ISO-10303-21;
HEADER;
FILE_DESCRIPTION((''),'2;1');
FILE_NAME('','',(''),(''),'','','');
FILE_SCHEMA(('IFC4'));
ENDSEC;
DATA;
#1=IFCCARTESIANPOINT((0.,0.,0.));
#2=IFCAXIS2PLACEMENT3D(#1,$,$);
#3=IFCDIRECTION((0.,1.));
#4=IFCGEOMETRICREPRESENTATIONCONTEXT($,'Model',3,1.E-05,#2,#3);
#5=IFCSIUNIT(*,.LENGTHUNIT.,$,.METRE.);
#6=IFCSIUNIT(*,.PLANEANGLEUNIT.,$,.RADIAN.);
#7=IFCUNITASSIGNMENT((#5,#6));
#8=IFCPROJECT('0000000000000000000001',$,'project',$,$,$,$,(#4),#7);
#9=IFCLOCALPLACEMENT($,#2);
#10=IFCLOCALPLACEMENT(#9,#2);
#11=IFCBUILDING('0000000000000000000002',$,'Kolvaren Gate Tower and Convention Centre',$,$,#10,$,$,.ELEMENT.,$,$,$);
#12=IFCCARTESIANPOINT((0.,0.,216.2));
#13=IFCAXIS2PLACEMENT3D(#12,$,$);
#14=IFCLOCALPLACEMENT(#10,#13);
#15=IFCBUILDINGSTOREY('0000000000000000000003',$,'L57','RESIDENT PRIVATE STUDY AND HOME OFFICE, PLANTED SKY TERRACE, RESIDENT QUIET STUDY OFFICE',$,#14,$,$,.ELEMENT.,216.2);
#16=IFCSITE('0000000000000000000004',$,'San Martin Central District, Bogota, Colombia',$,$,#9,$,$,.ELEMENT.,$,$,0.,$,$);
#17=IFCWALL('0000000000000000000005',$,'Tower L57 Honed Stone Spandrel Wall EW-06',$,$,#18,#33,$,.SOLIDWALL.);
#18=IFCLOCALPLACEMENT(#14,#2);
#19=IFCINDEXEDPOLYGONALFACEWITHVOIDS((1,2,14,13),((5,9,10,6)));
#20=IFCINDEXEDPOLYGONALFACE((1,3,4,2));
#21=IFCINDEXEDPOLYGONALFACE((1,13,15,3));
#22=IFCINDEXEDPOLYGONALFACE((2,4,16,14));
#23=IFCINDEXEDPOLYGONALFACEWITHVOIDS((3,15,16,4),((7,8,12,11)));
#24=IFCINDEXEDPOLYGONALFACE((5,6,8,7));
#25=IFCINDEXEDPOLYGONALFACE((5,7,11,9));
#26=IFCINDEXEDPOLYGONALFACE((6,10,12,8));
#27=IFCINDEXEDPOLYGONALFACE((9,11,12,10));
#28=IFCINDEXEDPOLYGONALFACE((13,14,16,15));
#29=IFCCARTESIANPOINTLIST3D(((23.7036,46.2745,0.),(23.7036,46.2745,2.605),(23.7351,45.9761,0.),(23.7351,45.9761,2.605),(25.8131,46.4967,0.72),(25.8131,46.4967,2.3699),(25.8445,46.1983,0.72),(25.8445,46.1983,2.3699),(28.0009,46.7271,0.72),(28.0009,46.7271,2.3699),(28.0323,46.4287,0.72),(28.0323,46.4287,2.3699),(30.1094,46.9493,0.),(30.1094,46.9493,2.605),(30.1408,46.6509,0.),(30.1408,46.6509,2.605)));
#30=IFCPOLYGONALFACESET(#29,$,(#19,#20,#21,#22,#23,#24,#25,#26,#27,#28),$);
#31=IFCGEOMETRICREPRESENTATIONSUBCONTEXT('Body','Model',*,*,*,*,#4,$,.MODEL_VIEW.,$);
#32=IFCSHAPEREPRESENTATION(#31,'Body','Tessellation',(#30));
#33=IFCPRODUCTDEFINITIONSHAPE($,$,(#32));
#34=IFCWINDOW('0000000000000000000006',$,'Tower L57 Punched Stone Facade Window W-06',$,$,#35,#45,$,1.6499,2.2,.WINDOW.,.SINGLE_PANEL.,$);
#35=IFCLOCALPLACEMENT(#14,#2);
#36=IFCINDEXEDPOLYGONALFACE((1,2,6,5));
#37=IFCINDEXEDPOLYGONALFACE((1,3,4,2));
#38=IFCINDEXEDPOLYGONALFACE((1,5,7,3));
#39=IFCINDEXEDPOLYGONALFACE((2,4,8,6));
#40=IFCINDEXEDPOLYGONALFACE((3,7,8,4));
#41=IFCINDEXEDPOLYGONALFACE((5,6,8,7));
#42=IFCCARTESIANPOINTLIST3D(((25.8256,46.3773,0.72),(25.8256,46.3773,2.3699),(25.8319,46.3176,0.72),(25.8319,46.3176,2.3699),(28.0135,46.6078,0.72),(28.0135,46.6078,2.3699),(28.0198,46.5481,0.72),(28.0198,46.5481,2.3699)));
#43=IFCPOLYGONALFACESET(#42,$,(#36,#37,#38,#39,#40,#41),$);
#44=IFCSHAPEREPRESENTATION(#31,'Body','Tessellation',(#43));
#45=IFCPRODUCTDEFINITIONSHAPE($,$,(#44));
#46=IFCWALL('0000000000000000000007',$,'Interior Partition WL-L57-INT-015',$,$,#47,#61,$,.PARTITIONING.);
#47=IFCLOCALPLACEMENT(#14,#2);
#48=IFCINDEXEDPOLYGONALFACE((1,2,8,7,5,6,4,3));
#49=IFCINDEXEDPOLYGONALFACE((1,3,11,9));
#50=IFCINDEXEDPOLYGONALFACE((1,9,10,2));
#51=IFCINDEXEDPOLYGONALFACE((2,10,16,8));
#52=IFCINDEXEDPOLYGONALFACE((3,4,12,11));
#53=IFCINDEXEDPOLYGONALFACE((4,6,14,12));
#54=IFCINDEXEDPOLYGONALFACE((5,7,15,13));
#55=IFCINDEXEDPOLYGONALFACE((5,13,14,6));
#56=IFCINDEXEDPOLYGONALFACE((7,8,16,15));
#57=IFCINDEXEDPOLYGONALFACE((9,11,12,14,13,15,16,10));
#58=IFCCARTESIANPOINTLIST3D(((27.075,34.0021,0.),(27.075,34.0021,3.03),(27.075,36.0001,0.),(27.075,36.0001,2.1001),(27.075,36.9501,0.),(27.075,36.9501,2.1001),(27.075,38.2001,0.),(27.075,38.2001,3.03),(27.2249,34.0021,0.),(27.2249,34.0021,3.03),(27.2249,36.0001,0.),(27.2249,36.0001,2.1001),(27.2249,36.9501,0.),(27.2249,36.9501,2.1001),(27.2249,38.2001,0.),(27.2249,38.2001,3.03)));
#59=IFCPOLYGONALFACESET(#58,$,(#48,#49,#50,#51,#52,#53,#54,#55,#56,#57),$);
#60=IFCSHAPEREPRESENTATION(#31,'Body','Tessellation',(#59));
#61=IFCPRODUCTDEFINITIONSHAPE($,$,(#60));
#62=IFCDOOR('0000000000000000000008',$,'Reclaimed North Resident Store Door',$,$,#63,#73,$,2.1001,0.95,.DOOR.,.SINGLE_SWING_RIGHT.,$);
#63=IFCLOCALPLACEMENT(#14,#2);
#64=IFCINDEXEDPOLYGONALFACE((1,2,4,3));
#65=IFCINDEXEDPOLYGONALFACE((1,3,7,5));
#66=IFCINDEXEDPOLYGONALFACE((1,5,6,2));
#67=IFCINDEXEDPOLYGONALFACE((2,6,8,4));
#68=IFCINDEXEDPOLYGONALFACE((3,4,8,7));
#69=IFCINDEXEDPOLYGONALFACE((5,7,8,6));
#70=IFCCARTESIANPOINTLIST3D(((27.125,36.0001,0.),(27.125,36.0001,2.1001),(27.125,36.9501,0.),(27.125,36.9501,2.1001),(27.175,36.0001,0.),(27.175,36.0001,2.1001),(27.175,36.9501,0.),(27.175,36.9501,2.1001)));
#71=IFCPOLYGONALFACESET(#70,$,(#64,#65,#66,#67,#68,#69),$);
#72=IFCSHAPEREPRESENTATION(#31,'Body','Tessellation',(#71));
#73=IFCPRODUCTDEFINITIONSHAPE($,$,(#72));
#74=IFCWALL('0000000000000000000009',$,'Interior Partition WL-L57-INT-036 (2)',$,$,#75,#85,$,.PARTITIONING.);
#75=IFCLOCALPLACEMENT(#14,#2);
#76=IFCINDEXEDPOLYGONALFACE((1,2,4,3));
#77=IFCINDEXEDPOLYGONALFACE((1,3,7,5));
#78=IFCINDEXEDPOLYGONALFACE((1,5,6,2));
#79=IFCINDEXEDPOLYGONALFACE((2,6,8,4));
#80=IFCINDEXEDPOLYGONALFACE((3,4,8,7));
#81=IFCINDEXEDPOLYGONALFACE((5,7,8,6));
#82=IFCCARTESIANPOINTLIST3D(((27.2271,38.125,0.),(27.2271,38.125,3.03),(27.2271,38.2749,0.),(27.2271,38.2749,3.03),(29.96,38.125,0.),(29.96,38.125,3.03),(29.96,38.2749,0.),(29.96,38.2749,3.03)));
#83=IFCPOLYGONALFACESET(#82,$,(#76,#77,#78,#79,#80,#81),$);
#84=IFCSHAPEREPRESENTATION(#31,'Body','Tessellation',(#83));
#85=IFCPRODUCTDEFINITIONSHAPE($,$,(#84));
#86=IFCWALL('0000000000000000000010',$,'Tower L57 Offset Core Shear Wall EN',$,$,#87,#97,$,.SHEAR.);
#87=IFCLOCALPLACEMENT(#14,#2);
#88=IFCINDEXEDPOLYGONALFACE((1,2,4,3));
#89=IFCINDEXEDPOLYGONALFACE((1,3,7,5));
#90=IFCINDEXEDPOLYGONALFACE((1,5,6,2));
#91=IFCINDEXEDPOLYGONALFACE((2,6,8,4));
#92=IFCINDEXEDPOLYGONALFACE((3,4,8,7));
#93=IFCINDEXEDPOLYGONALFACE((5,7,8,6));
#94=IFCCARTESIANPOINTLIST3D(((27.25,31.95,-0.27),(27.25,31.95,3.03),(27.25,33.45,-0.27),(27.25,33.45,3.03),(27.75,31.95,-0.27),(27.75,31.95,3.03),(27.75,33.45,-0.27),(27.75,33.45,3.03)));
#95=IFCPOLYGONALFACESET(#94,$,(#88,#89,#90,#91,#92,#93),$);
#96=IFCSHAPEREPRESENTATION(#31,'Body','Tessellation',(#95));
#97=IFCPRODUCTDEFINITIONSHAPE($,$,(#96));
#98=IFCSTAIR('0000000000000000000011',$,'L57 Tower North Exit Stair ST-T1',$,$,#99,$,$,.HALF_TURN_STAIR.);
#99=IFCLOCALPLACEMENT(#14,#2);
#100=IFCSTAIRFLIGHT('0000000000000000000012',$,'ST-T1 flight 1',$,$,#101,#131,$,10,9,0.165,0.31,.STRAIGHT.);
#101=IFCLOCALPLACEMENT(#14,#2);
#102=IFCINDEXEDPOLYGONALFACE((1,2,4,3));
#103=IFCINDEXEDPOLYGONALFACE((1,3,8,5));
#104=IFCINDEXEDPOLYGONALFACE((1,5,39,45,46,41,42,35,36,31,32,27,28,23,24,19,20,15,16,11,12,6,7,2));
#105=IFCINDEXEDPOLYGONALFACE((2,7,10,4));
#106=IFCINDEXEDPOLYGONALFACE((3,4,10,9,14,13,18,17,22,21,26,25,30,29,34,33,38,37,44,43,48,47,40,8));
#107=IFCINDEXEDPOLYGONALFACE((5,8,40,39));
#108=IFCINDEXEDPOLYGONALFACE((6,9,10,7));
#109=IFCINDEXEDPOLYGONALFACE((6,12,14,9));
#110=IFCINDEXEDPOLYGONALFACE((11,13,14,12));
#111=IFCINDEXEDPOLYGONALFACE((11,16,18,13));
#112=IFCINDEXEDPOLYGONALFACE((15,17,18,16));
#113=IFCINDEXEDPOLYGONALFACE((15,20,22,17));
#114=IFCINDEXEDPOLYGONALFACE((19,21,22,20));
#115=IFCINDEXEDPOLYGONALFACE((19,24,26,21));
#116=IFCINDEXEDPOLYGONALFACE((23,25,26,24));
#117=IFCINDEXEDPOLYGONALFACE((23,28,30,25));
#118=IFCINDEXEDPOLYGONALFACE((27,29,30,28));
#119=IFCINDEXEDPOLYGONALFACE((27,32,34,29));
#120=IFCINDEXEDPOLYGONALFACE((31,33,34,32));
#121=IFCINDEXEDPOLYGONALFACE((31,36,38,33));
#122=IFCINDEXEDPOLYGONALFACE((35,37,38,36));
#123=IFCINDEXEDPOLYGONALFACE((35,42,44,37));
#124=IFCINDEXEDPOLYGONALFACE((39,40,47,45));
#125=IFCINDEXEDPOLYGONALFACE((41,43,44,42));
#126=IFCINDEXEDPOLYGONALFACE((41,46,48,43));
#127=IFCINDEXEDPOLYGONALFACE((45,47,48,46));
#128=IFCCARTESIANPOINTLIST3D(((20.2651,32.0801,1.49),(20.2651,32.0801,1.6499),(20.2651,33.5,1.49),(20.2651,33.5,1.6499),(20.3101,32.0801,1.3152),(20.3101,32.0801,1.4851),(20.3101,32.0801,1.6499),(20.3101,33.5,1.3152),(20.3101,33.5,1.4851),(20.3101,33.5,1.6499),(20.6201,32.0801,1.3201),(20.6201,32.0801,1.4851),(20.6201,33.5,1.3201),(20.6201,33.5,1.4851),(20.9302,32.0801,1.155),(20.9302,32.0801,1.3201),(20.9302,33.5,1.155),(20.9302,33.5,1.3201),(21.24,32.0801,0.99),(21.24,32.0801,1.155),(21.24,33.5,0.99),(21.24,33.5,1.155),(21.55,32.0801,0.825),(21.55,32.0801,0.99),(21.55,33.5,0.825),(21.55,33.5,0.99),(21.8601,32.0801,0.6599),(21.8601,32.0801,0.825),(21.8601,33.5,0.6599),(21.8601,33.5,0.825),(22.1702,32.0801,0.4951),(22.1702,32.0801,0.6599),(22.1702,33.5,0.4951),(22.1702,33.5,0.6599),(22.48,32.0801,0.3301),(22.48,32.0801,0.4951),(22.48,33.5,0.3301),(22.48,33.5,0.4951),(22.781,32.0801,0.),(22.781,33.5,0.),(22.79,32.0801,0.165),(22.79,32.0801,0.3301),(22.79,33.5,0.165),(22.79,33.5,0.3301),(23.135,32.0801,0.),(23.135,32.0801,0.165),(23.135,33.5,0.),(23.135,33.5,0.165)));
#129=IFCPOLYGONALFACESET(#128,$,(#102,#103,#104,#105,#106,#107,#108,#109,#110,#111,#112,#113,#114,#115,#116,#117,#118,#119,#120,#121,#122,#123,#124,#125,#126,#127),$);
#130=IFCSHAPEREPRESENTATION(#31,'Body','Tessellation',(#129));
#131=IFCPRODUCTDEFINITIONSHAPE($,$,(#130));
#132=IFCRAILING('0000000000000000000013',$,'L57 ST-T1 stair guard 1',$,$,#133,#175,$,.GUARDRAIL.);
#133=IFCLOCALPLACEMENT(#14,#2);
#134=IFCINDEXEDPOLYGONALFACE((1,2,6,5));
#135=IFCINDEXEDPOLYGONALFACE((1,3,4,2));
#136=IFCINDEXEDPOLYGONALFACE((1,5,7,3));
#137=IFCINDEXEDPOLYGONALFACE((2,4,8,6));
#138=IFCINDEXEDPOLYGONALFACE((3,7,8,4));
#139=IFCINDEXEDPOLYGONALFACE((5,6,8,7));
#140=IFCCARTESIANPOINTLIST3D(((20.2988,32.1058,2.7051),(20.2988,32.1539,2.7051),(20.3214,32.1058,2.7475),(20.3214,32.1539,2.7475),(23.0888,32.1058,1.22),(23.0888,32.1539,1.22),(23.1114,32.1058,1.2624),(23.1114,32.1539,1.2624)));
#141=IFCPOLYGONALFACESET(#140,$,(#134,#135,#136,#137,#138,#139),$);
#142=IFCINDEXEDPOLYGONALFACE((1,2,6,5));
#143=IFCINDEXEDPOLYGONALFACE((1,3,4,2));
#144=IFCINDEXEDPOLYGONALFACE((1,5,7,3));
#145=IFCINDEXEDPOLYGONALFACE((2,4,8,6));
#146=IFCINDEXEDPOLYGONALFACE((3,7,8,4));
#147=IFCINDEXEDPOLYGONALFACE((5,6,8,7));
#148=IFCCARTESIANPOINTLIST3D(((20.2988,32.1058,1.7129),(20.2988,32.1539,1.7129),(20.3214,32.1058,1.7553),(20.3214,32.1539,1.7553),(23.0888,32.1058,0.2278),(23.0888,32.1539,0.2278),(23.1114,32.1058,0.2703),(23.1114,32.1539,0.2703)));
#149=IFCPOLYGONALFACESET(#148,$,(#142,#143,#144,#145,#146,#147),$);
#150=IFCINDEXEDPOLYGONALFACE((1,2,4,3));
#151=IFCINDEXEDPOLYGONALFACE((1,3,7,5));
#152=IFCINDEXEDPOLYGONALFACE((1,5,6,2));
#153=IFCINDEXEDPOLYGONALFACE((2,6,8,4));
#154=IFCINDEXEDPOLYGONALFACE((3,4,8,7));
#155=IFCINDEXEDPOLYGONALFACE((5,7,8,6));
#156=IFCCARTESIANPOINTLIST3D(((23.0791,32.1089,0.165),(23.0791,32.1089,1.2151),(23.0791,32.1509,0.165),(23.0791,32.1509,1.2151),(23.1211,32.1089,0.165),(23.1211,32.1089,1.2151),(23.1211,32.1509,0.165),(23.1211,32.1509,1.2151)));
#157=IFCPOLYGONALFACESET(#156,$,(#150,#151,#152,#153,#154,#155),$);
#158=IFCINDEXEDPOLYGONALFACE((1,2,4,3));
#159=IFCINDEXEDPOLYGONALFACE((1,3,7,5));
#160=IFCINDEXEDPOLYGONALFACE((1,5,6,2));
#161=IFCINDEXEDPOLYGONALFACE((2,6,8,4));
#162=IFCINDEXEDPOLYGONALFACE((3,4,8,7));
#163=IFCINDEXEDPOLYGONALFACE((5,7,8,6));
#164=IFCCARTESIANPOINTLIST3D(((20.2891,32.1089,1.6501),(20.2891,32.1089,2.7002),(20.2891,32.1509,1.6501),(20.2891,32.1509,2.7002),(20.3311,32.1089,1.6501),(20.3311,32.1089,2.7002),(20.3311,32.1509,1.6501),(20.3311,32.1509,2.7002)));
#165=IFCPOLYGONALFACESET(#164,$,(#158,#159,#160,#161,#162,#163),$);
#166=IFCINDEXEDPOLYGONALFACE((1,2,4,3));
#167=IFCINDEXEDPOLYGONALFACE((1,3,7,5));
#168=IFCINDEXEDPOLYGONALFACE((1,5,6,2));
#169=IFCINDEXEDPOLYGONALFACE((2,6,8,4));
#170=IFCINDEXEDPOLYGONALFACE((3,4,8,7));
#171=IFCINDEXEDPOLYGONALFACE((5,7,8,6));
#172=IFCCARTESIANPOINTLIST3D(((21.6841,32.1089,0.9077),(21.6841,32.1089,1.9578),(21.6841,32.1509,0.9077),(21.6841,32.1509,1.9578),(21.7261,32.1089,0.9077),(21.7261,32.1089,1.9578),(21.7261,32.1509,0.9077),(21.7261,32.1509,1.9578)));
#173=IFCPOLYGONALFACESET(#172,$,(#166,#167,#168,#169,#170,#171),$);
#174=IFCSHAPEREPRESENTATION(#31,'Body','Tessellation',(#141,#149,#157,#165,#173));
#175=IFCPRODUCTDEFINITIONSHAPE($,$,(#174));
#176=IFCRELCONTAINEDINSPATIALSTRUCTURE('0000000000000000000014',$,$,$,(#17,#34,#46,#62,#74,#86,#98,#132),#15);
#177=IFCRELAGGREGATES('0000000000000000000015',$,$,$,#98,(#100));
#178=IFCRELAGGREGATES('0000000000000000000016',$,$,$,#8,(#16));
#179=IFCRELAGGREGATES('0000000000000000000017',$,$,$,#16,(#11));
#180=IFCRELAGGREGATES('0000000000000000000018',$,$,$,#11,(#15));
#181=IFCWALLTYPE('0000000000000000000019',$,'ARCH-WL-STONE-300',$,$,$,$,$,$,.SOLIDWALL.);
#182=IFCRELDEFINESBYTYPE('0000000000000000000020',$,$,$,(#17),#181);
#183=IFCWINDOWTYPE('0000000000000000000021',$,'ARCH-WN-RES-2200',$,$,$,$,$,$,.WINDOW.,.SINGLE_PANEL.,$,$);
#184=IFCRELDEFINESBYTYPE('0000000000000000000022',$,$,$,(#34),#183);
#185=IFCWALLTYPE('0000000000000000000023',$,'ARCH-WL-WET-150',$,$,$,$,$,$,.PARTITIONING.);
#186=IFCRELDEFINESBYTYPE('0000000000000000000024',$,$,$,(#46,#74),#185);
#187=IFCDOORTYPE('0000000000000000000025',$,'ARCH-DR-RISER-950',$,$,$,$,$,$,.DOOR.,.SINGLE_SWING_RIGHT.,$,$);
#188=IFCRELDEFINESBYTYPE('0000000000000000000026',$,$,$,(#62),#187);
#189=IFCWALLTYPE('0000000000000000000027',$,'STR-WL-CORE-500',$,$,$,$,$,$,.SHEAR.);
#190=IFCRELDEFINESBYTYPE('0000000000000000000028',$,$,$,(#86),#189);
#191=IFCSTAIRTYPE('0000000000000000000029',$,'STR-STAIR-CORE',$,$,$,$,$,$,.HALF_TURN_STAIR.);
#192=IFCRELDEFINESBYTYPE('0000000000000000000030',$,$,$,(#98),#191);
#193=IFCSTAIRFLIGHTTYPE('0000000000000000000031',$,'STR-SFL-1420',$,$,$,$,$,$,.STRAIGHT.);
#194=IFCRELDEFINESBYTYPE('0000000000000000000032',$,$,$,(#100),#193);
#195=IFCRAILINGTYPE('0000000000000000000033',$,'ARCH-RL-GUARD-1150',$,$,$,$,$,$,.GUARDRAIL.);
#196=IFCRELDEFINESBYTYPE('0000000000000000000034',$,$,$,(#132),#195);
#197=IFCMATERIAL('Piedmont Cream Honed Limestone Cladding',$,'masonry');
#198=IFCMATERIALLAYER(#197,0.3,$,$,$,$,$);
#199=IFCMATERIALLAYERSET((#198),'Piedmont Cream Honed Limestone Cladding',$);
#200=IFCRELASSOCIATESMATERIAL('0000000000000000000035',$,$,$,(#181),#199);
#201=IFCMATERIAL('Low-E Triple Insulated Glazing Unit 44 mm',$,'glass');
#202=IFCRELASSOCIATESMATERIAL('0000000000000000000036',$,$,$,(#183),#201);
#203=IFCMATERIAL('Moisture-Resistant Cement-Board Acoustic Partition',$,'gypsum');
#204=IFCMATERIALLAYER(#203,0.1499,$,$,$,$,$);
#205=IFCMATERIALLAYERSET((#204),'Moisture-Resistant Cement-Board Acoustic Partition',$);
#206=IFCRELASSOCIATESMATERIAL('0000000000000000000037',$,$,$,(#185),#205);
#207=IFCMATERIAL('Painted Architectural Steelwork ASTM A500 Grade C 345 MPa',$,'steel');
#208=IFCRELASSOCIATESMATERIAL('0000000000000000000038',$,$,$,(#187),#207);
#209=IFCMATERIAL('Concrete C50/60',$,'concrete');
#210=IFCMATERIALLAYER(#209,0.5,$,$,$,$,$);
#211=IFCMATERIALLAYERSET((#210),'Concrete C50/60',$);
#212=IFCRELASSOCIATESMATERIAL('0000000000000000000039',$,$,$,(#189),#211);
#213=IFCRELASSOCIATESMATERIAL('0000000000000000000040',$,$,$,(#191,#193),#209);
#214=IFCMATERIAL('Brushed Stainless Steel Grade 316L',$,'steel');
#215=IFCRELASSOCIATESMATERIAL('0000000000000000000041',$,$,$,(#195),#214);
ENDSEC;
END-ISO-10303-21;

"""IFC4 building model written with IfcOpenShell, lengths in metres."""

from ifc_helpers import new_model, si_unit, direction, frame, frame_2d, origin, origin_2d, place, context, subcontext, project, spatial, polyline, rectangle, outline, extrude, material, layer, layer_set, type_object, element, fill, aggregate, save


model = new_model("IFC4")

# Units and contexts
model_context = context("Model", 3, precision=1e-05, world=origin(), true_north=direction((0.0, 1.0)))
body_context = subcontext(model_context, "Body", "Model", "MODEL_VIEW")
ifc_project = project(units=[si_unit("LENGTHUNIT", "METRE"), si_unit("PLANEANGLEUNIT", "RADIAN")], contexts=[model_context])

# Site, building, storey
site_placement = place(None, origin())
site = spatial("IfcSite", under=ifc_project, at=site_placement, Name="San Martin Central District, Bogota, Colombia", CompositionType="ELEMENT", RefElevation=0.0)
building_placement = place(site_placement, origin())
building = spatial("IfcBuilding", under=site, at=building_placement, Name="Kolvaren Gate Tower and Convention Centre", CompositionType="ELEMENT")
storey_placement = place(building_placement, frame((0.0, 0.0, 216.2)))
storey = spatial("IfcBuildingStorey", under=building, at=storey_placement, Name="L57", Description="RESIDENT PRIVATE STUDY AND HOME OFFICE, PLANTED SKY TERRACE, RESIDENT QUIET STUDY OFFICE", CompositionType="ELEMENT", Elevation=216.2)

# Shared definitions
ifc_material_1 = material(Name="Concrete C50/60", Category="concrete")

# Wall, opening, window
ifc_material_2 = material(Name="Piedmont Cream Honed Limestone Cladding", Category="masonry")
ifc_layer_1 = layer(ifc_material_2, 0.3)
ifc_layer_set_1 = layer_set([ifc_layer_1], Name="Piedmont Cream Honed Limestone Cladding")
wall_type_1 = type_object("IfcWallType", Name="ARCH-WL-STONE-300", PredefinedType="SOLIDWALL", material=ifc_layer_set_1)
wall_1_placement = place(storey_placement, frame((23.7192, 46.1252, 0.0), z_axis=(0.0, 0.0, 1.0), x_axis=(0.994497, 0.104764, 0.0)))
wall_1 = element("IfcWall", 1, at=wall_1_placement, inside=storey, type_object=wall_type_1, Name="Tower L57 Honed Stone Spandrel Wall EW-06", PredefinedType="SOLIDWALL", context=body_context, shape_type="SweptSolid", body=[
    extrude(rectangle(XDim=6.4412, YDim=0.3, at=frame_2d((3.2207, 0.0))), origin(), (0.0, 0.0, 1.0), 2.605),
])
opening_1_placement = place(wall_1_placement, frame((2.1211, 0.0, 0.72)))
opening_1 = element("IfcOpeningElement", 2, at=opening_1_placement, cuts=wall_1, PredefinedType="OPENING", context=body_context, shape_type="SweptSolid", body=[
    extrude(rectangle(XDim=2.2, YDim=1.6499, at=frame_2d((1.1001, 0.825))), frame((0.0, 0.1599, 0.0), z_axis=(0.0, -1.0, 0.0), x_axis=(1.0, 0.0, 0.0)), (0.0, 0.0, 1.0), 0.3201),
])
ifc_material_3 = material(Name="Low-E Triple Insulated Glazing Unit 44 mm", Category="glass")
window_type = type_object("IfcWindowType", Name="ARCH-WN-RES-2200", PartitioningType="SINGLE_PANEL", PredefinedType="WINDOW", material=ifc_material_3)
window_placement = place(opening_1_placement, origin())
window = element("IfcWindow", 3, at=window_placement, inside=storey, type_object=window_type, Name="Tower L57 Punched Stone Facade Window W-06", OverallHeight=1.6499, OverallWidth=2.2, PartitioningType="SINGLE_PANEL", PredefinedType="WINDOW", context=body_context, shape_type="SweptSolid", body=[
    extrude(rectangle(XDim=2.2, YDim=1.6499, at=frame_2d((1.1001, 0.825))), frame((0.0, 0.03, 0.0), z_axis=(0.0, -1.0, 0.0), x_axis=(1.0, 0.0, 0.0)), (0.0, 0.0, 1.0), 0.0601),
])
fill(opening_1, window)

# Wall, opening, door
ifc_material_4 = material(Name="Moisture-Resistant Cement-Board Acoustic Partition", Category="gypsum")
ifc_layer_2 = layer(ifc_material_4, 0.1499)
ifc_layer_set_2 = layer_set([ifc_layer_2], Name="Moisture-Resistant Cement-Board Acoustic Partition")
wall_type_2 = type_object("IfcWallType", Name="ARCH-WL-WET-150", PredefinedType="PARTITIONING", material=ifc_layer_set_2)
wall_2_placement = place(storey_placement, frame((27.1499, 34.002, 0.0), z_axis=(0.0, 0.0, 1.0), x_axis=(0.0, 1.0, 0.0)))
wall_2 = element("IfcWall", 4, at=wall_2_placement, inside=storey, type_object=wall_type_2, Name="Interior Partition WL-L57-INT-015", PredefinedType="PARTITIONING", context=body_context, shape_type="SweptSolid", body=[
    extrude(rectangle(XDim=4.198, YDim=0.1499, at=frame_2d((2.0991, 0.0))), origin(), (0.0, 0.0, 1.0), 3.03),
])
opening_2_placement = place(wall_2_placement, frame((1.998, 0.0, 0.0)))
opening_2 = element("IfcOpeningElement", 5, at=opening_2_placement, cuts=wall_2, PredefinedType="OPENING", context=body_context, shape_type="SweptSolid", body=[
    extrude(rectangle(XDim=0.95, YDim=2.1001, at=frame_2d((0.4751, 1.05))), frame((0.0, 0.085, 0.0), z_axis=(0.0, -1.0, 0.0), x_axis=(1.0, 0.0, 0.0)), (0.0, 0.0, 1.0), 0.1699),
])
ifc_material_5 = material(Name="Painted Architectural Steelwork ASTM A500 Grade C 345 MPa", Category="steel")
door_type = type_object("IfcDoorType", Name="ARCH-DR-RISER-950", OperationType="SINGLE_SWING_RIGHT", PredefinedType="DOOR", material=ifc_material_5)
door_placement = place(opening_2_placement, origin())
door = element("IfcDoor", 6, at=door_placement, inside=storey, type_object=door_type, Name="Reclaimed North Resident Store Door", OperationType="SINGLE_SWING_RIGHT", OverallHeight=2.1001, OverallWidth=0.95, PredefinedType="DOOR", context=body_context, shape_type="SweptSolid", body=[
    extrude(rectangle(XDim=0.95, YDim=2.1001, at=frame_2d((0.4751, 1.05))), frame((0.0, 0.0249, 0.0), z_axis=(0.0, -1.0, 0.0), x_axis=(1.0, 0.0, 0.0)), (0.0, 0.0, 1.0), 0.05),
])
fill(opening_2, door)

# Walls
wall_3_placement = place(storey_placement, frame((27.2271, 38.2, 0.0), z_axis=(0.0, 0.0, 1.0), x_axis=(1.0, 0.0, 0.0)))
element("IfcWall", 7, at=wall_3_placement, inside=storey, type_object=wall_type_2, Name="Interior Partition WL-L57-INT-036 (2)", PredefinedType="PARTITIONING", context=body_context, shape_type="SweptSolid", body=[
    extrude(rectangle(XDim=2.7329, YDim=0.1499, at=frame_2d((1.3665, 0.0))), origin(), (0.0, 0.0, 1.0), 3.03),
])
ifc_layer_3 = layer(ifc_material_1, 0.5)
ifc_layer_set_3 = layer_set([ifc_layer_3], Name="Concrete C50/60")
wall_type_3 = type_object("IfcWallType", Name="STR-WL-CORE-500", PredefinedType="SHEAR", material=ifc_layer_set_3)
wall_4_placement = place(storey_placement, frame((27.5, 31.95, -0.27), z_axis=(0.0, 0.0, 1.0), x_axis=(0.0, 1.0, 0.0)))
element("IfcWall", 8, at=wall_4_placement, inside=storey, type_object=wall_type_3, Name="Tower L57 Offset Core Shear Wall EN", PredefinedType="SHEAR", context=body_context, shape_type="SweptSolid", body=[
    extrude(rectangle(XDim=1.5, YDim=0.5, at=frame_2d((0.75, 0.0))), origin(), (0.0, 0.0, 1.0), 3.3),
])

# Stair, stair flight
stair_type = type_object("IfcStairType", Name="STR-STAIR-CORE", PredefinedType="HALF_TURN_STAIR", material=ifc_material_1)
stair_placement = place(storey_placement, origin())
stair = element("IfcStair", 9, at=stair_placement, inside=storey, type_object=stair_type, Name="L57 Tower North Exit Stair ST-T1", PredefinedType="HALF_TURN_STAIR")
stair_flight_type = type_object("IfcStairFlightType", Name="STR-SFL-1420", PredefinedType="STRAIGHT", material=ifc_material_1)
stair_flight_placement = place(storey_placement, frame((23.1001, 32.79, 0.0), z_axis=(0.0, 0.0, 1.0), x_axis=(-1.0, 0.0, 0.0)))
stair_flight = element("IfcStairFlight", 10, at=stair_flight_placement, type_object=stair_flight_type, Name="ST-T1 flight 1", NumberOfRisers=10, NumberOfTreads=9, PredefinedType="STRAIGHT", RiserHeight=0.165, TreadLength=0.31, context=body_context, shape_type="SweptSolid", body=[
    extrude(outline(polyline([(-0.0349, 0.0), (-0.0349, 0.165), (0.3101, 0.165), (0.3101, 0.3301), (0.6201, 0.3301), (0.6201, 0.4951), (0.9299, 0.4951), (0.9299, 0.6599), (1.24, 0.6599), (1.24, 0.825), (1.55, 0.825), (1.55, 0.99), (1.8601, 0.99), (1.8601, 1.155), (2.1699, 1.155), (2.1699, 1.3201), (2.48, 1.3201), (2.48, 1.4851), (2.79, 1.4851), (2.79, 1.6499), (2.835, 1.6499), (2.835, 1.49), (2.79, 1.3152), (0.3191, 0.0), (-0.0349, 0.0)])), frame((0.0, 0.71, 0.0), z_axis=(0.0, -1.0, 0.0), x_axis=(1.0, 0.0, 0.0)), (0.0, 0.0, 1.0), 1.4199),
])
aggregate(stair, [stair_flight])

# Railing
ifc_material_6 = material(Name="Brushed Stainless Steel Grade 316L", Category="steel")
railing_type_1 = type_object("IfcRailingType", Name="ARCH-RL-GUARD-1150", PredefinedType="GUARDRAIL", material=ifc_material_6)
railing_1_placement = place(storey_placement, frame((23.1001, 32.1299, 0.165)))
element("IfcRailing", 11, at=railing_1_placement, inside=storey, type_object=railing_type_1, Name="L57 ST-T1 stair guard 1", PredefinedType="GUARDRAIL", context=body_context, shape_type="SweptSolid", body=[
    extrude(rectangle(XDim=0.0481, YDim=0.0481, at=origin_2d()), frame((0.0, 0.0, 1.0762), z_axis=(-0.882735, 0.0, 0.46987), x_axis=(0.0, -1.0, 0.0)), (0.0, 0.0, 1.0), 3.1606),
    extrude(rectangle(XDim=0.0481, YDim=0.0481, at=origin_2d()), frame((0.0, 0.0, 0.084), z_axis=(-0.882735, 0.0, 0.46987), x_axis=(0.0, -1.0, 0.0)), (0.0, 0.0, 1.0), 3.1606),
    extrude(rectangle(XDim=0.042, YDim=0.042, at=origin_2d()), origin(), (0.0, 0.0, 1.0), 1.05),
    extrude(rectangle(XDim=0.042, YDim=0.042, at=origin_2d()), frame((-2.79, 0.0, 1.4851)), (0.0, 0.0, 1.0), 1.05),
    extrude(rectangle(XDim=0.042, YDim=0.042, at=origin_2d()), frame((-1.395, 0.0, 0.7427)), (0.0, 0.0, 1.0), 1.05),
])

save(model, "model.ifc")
